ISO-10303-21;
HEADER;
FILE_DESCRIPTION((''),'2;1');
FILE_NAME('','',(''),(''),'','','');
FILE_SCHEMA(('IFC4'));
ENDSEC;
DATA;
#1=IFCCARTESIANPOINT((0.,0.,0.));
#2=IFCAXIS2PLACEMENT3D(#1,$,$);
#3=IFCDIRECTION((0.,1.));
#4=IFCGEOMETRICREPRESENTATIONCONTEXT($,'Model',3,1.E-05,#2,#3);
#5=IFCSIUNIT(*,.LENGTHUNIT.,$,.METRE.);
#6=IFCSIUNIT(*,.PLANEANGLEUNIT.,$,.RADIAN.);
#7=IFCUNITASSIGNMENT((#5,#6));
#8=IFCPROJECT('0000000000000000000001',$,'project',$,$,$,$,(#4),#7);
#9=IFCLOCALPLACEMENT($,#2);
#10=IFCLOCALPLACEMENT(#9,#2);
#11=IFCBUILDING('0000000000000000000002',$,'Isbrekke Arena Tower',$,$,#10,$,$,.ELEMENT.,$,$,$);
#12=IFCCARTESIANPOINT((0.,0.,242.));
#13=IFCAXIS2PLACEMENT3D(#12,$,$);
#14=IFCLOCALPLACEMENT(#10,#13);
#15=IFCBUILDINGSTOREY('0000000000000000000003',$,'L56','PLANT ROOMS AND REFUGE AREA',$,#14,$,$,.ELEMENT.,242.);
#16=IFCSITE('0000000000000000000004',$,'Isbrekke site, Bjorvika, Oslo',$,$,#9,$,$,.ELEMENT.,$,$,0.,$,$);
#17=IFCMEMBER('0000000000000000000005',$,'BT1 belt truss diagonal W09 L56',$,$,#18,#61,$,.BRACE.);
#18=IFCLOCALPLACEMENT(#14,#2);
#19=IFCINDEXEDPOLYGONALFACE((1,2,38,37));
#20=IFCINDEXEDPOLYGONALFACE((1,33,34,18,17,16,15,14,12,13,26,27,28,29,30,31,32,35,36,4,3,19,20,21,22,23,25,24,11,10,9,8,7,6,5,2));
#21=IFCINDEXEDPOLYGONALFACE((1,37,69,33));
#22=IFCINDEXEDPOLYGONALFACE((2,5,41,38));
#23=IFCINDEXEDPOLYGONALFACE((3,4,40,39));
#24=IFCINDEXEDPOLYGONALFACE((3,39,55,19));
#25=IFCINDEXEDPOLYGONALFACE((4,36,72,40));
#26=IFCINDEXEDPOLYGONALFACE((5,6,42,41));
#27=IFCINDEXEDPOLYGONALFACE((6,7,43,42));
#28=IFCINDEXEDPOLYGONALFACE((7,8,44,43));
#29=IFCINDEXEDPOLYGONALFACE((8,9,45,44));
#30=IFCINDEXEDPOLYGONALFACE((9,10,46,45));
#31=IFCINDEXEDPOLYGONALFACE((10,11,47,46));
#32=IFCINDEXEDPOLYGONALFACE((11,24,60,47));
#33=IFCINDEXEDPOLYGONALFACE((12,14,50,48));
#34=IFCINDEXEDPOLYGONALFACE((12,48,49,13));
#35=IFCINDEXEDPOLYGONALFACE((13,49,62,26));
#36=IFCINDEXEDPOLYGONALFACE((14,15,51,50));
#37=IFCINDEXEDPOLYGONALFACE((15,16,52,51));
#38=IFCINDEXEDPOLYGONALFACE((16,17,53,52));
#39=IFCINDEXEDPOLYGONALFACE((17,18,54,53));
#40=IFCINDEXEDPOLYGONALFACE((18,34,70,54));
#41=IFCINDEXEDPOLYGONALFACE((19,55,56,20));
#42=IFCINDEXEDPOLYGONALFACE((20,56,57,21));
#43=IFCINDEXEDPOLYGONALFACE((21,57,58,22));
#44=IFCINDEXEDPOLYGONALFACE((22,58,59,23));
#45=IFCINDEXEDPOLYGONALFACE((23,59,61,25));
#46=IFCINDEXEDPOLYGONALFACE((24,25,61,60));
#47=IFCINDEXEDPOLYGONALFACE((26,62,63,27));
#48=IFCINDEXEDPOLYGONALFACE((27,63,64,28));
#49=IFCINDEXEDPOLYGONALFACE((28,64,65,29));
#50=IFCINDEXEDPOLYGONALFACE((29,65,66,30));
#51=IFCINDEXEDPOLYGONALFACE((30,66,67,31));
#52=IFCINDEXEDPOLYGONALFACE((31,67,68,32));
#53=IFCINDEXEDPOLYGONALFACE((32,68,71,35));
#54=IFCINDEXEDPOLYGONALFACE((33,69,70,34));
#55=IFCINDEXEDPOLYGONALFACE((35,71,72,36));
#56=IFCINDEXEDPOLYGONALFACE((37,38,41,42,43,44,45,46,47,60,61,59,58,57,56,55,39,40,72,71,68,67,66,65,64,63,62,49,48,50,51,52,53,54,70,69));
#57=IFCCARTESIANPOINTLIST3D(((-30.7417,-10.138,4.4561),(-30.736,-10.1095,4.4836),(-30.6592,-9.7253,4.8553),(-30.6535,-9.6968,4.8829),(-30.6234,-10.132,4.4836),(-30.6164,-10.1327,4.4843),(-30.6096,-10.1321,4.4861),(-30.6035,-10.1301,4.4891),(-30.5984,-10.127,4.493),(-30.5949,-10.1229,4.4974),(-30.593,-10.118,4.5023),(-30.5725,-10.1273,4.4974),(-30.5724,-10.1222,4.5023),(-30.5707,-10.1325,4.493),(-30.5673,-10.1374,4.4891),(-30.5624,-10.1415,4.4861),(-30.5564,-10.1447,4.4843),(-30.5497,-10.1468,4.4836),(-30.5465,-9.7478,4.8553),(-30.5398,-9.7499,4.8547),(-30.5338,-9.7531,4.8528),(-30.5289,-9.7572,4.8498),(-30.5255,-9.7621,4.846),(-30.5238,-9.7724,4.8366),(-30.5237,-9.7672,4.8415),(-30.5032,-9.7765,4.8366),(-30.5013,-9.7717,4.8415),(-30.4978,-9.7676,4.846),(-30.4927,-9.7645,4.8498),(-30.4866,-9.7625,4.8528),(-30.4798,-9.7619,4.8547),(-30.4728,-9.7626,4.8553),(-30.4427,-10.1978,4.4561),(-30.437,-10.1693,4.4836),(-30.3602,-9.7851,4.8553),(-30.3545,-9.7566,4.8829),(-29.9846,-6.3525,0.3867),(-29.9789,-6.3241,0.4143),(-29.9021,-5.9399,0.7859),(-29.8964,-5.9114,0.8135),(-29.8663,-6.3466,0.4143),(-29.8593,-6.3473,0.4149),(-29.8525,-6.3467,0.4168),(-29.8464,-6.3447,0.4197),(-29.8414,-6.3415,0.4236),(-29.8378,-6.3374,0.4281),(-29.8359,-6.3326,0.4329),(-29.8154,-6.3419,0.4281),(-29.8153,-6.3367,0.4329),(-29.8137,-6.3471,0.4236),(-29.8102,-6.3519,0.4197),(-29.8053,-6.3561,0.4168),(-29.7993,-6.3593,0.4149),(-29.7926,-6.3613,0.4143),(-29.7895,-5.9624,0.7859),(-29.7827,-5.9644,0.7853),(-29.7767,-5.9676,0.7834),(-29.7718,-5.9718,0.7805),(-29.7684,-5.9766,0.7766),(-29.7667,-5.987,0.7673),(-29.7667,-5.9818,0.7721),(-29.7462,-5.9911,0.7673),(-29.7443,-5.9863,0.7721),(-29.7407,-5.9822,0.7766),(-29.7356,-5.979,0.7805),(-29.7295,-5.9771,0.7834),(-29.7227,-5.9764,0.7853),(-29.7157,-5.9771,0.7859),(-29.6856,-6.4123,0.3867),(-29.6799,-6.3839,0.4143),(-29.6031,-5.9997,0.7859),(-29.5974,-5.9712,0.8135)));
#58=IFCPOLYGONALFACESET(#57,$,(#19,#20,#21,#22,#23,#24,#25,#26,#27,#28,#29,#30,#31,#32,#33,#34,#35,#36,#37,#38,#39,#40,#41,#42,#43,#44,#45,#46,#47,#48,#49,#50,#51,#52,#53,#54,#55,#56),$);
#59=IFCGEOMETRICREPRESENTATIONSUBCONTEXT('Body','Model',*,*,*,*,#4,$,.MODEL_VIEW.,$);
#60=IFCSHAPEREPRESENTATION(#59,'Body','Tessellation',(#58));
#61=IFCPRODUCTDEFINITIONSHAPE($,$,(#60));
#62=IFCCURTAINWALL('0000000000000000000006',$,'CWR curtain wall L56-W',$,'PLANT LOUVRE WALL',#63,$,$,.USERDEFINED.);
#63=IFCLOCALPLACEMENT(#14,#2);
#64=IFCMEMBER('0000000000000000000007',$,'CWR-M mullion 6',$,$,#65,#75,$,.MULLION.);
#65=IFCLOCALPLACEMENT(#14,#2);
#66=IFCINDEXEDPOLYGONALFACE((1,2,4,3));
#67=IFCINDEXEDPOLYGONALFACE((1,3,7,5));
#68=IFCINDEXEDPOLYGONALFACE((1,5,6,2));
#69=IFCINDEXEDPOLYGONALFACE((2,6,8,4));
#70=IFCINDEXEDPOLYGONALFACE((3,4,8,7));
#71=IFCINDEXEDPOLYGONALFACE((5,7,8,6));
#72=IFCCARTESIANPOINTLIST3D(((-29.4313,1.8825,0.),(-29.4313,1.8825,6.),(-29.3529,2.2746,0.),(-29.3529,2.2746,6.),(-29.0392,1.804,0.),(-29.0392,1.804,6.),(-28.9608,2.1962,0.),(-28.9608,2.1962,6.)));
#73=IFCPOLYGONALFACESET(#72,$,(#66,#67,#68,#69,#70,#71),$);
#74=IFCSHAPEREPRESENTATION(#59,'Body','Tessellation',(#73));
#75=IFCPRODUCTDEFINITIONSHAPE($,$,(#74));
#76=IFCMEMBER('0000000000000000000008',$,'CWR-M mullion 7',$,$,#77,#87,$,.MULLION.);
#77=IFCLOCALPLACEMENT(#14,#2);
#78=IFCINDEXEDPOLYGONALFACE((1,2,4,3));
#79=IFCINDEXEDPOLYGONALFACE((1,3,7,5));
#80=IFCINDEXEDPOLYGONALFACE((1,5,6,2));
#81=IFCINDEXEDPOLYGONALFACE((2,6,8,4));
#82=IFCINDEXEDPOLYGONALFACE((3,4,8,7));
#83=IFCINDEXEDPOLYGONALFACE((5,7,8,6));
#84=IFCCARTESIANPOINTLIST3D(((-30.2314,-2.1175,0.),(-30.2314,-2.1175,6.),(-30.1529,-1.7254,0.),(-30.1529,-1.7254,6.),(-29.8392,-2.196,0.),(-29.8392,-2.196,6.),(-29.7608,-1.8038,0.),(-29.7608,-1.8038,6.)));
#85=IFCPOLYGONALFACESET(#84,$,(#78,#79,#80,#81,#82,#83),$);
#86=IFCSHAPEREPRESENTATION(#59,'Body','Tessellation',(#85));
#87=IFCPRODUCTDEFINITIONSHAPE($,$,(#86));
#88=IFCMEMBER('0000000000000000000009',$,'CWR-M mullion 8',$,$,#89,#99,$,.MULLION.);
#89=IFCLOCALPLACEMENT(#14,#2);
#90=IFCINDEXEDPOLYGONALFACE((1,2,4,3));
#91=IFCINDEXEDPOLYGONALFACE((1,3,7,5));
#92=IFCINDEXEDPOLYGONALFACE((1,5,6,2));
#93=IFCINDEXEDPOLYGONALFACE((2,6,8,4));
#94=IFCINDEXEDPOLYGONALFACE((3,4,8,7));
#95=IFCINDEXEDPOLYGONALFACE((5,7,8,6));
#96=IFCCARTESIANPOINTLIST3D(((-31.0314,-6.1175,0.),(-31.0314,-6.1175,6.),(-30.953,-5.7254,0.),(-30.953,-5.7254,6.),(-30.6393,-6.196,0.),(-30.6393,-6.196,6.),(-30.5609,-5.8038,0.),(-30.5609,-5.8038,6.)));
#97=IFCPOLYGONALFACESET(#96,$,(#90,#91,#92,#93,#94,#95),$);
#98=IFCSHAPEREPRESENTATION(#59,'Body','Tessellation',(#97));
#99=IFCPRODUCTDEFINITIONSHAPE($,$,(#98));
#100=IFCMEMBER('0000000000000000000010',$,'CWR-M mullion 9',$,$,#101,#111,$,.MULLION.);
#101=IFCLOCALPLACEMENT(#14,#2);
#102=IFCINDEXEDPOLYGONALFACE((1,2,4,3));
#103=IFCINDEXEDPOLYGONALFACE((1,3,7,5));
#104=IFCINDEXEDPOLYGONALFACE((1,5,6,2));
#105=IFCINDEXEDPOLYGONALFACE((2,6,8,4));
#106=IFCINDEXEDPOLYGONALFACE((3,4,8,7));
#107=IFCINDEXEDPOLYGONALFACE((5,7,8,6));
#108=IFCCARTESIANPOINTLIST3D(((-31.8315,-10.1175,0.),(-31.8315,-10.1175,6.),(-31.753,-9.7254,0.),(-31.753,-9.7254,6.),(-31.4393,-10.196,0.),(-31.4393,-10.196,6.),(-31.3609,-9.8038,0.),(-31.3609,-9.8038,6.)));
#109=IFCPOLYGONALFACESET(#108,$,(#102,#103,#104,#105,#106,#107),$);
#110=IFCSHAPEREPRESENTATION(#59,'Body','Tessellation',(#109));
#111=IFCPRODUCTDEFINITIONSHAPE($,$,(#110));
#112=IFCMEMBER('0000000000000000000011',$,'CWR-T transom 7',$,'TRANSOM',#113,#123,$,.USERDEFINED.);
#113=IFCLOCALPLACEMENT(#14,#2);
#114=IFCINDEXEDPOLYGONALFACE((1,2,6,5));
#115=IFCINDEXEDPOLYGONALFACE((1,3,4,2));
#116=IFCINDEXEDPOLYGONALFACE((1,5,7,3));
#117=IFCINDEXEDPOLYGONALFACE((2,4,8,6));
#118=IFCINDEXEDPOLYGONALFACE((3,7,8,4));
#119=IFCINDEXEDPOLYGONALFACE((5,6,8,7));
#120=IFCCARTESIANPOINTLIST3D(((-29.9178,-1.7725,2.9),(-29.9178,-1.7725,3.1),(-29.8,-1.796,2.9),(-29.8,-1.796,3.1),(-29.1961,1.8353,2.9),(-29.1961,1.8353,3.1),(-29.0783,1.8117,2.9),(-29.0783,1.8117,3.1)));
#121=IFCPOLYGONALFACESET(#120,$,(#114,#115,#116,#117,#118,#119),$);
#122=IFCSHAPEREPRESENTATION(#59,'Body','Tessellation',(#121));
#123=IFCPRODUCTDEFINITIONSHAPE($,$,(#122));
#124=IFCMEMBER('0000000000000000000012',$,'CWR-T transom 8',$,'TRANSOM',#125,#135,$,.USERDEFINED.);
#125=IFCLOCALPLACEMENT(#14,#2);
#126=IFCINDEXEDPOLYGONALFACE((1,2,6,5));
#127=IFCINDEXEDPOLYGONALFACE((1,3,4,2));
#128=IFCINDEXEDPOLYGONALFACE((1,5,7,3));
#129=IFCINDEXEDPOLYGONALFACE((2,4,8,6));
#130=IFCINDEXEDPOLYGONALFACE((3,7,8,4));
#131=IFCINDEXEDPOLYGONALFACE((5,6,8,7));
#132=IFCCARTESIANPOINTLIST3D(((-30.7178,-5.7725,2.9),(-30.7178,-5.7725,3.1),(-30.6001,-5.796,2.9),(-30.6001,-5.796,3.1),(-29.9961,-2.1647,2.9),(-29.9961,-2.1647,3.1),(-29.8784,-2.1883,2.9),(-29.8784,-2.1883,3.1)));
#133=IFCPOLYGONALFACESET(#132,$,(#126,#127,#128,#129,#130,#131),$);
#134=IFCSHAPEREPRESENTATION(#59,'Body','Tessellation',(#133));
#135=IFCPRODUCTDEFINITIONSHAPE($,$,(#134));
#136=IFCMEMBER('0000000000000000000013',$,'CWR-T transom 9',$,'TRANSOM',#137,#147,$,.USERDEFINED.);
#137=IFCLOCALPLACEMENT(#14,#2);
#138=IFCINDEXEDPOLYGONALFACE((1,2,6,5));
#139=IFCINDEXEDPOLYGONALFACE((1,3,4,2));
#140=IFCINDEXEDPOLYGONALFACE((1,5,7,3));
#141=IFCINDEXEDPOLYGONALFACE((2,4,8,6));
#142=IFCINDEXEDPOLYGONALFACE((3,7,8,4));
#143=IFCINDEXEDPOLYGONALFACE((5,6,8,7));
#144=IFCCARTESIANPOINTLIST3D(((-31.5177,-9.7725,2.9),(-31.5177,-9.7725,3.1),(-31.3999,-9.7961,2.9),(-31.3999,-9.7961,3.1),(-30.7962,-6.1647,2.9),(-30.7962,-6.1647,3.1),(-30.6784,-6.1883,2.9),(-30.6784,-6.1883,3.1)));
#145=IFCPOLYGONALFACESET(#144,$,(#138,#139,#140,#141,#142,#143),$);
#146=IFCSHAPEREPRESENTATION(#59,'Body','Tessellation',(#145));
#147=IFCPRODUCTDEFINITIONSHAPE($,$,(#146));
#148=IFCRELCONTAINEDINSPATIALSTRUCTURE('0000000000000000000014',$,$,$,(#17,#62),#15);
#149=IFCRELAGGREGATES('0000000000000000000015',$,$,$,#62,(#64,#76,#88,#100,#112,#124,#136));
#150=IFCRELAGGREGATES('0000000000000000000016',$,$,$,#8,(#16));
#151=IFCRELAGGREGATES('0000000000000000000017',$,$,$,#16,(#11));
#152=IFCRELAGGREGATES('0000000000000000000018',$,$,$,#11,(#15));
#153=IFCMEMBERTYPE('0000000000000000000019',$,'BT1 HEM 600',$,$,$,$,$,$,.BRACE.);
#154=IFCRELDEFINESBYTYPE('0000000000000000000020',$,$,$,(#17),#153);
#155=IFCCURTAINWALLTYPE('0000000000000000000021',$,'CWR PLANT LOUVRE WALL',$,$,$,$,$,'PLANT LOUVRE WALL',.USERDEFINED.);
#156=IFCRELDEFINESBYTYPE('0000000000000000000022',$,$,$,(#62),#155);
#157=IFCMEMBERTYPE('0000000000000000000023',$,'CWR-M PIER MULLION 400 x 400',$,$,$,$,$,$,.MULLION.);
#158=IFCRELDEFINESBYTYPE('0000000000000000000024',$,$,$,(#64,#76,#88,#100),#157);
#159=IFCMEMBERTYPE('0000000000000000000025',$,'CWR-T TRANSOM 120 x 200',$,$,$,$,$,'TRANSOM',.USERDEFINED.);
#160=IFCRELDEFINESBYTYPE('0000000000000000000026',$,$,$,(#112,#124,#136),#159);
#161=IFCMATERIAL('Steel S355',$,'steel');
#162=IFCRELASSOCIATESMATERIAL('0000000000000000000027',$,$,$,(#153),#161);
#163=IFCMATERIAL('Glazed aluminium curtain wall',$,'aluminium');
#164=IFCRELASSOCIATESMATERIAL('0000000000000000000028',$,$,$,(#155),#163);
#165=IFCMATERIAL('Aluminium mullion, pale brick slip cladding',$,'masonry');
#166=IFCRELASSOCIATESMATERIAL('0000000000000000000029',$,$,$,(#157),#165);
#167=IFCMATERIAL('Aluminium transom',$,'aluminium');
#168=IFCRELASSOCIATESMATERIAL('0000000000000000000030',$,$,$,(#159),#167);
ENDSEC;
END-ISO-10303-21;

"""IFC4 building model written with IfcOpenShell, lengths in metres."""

from ifc_helpers import new_model, si_unit, direction, frame, origin, origin_2d, place, context, subcontext, project, spatial, rectangle, i_section, extrude, material, material_profile, profile_set, type_object, element, aggregate, save


model = new_model("IFC4")

# Units and contexts
model_context = context("Model", 3, precision=1e-05, world=origin(), true_north=direction((0.0, 1.0)))
body_context = subcontext(model_context, "Body", "Model", "MODEL_VIEW")
ifc_project = project(units=[si_unit("LENGTHUNIT", "METRE"), si_unit("PLANEANGLEUNIT", "RADIAN")], contexts=[model_context])

# Site, building, storey
site_placement = place(None, origin())
site = spatial("IfcSite", under=ifc_project, at=site_placement, Name="Isbrekke site, Bjorvika, Oslo", CompositionType="ELEMENT", RefElevation=0.0)
building_placement = place(site_placement, origin())
building = spatial("IfcBuilding", under=site, at=building_placement, Name="Isbrekke Arena Tower", CompositionType="ELEMENT")
storey_placement = place(building_placement, frame((0.0, 0.0, 242.0)))
storey = spatial("IfcBuildingStorey", under=building, at=storey_placement, Name="L56", Description="PLANT ROOMS AND REFUGE AREA", CompositionType="ELEMENT", Elevation=242.0)

# Member
ifc_material_1 = material(Name="Steel S355", Category="steel")
ifc_material_profile_1 = material_profile(ifc_material_1, i_section(OverallWidth=0.3049, OverallDepth=0.6201, WebThickness=0.021, FlangeThickness=0.04, FilletRadius=0.0271, at=origin_2d()), Name="HEM 600")
ifc_profile_set_1 = profile_set([ifc_material_profile_1], Name="Steel S355")
member_type_1 = type_object("IfcMemberType", Name="BT1 HEM 600", PredefinedType="BRACE", material=ifc_profile_set_1)
for number, where, z_axis, x_axis, name in (
    (1, (-29.791, -6.1619, 0.6001), (-0.134974, -0.674869, 0.725489), (0.980581, -0.196116, 0.0), "BT1 belt truss diagonal W09 L56"),
):
    element("IfcMember", number, at=place(storey_placement, frame(where, z_axis=z_axis, x_axis=x_axis)), inside=storey, type_object=member_type_1, Name=name, PredefinedType="BRACE", context=body_context, shape_type="SweptSolid", body=[
        extrude(i_section(OverallWidth=0.3049, OverallDepth=0.6201, WebThickness=0.021, FlangeThickness=0.04, FilletRadius=0.0271, at=origin_2d()), origin(), (0.0, 0.0, 1.0), 5.6091),
    ])

# Curtain wall, members
ifc_material_2 = material(Name="Glazed aluminium curtain wall", Category="aluminium")
curtain_wall_type = type_object("IfcCurtainWallType", Name="CWR PLANT LOUVRE WALL", ElementType="PLANT LOUVRE WALL", PredefinedType="USERDEFINED", material=ifc_material_2)
curtain_wall_placement = place(storey_placement, origin())
curtain_wall = element("IfcCurtainWall", 2, at=curtain_wall_placement, inside=storey, type_object=curtain_wall_type, Name="CWR curtain wall L56-W", ObjectType="PLANT LOUVRE WALL", PredefinedType="USERDEFINED")
ifc_material_3 = material(Name="Aluminium mullion, pale brick slip cladding", Category="masonry")
ifc_material_profile_2 = material_profile(ifc_material_3, rectangle(XDim=0.3999, YDim=0.3999, at=origin_2d()), Name="PIER 400X400")
ifc_profile_set_2 = profile_set([ifc_material_profile_2], Name="Aluminium mullion, pale brick slip cladding")
member_type_2 = type_object("IfcMemberType", Name="CWR-M PIER MULLION 400 x 400", PredefinedType="MULLION", material=ifc_profile_set_2)
member_1_placement = place(storey_placement, frame((-29.196, 2.0393, 0.0), z_axis=(0.0, 0.0, 1.0), x_axis=(-0.196116, -0.980581, 0.0)))
member_1 = element("IfcMember", 3, at=member_1_placement, type_object=member_type_2, Name="CWR-M mullion 6", PredefinedType="MULLION", context=body_context, shape_type="SweptSolid", body=[
    extrude(rectangle(XDim=0.3999, YDim=0.3999, at=origin_2d()), origin(), (0.0, 0.0, 1.0), 6.0),
])
member_2_placement = place(storey_placement, frame((-29.9961, -1.9607, 0.0), z_axis=(0.0, 0.0, 1.0), x_axis=(-0.196116, -0.980581, 0.0)))
member_2 = element("IfcMember", 4, at=member_2_placement, type_object=member_type_2, Name="CWR-M mullion 7", PredefinedType="MULLION", context=body_context, shape_type="SweptSolid", body=[
    extrude(rectangle(XDim=0.3999, YDim=0.3999, at=origin_2d()), origin(), (0.0, 0.0, 1.0), 6.0),
])
member_3_placement = place(storey_placement, frame((-30.7961, -5.9607, 0.0), z_axis=(0.0, 0.0, 1.0), x_axis=(-0.196116, -0.980581, 0.0)))
member_3 = element("IfcMember", 5, at=member_3_placement, type_object=member_type_2, Name="CWR-M mullion 8", PredefinedType="MULLION", context=body_context, shape_type="SweptSolid", body=[
    extrude(rectangle(XDim=0.3999, YDim=0.3999, at=origin_2d()), origin(), (0.0, 0.0, 1.0), 6.0),
])
member_4_placement = place(storey_placement, frame((-31.5962, -9.9607, 0.0), z_axis=(0.0, 0.0, 1.0), x_axis=(-0.196116, -0.980581, 0.0)))
member_4 = element("IfcMember", 6, at=member_4_placement, type_object=member_type_2, Name="CWR-M mullion 9", PredefinedType="MULLION", context=body_context, shape_type="SweptSolid", body=[
    extrude(rectangle(XDim=0.3999, YDim=0.3999, at=origin_2d()), origin(), (0.0, 0.0, 1.0), 6.0),
])
ifc_material_4 = material(Name="Aluminium transom", Category="aluminium")
ifc_material_profile_3 = material_profile(ifc_material_4, rectangle(XDim=0.1201, YDim=0.2, at=origin_2d()), Name="TRANSOM 120X200")
ifc_profile_set_3 = profile_set([ifc_material_profile_3], Name="Aluminium transom")
member_type_3 = type_object("IfcMemberType", Name="CWR-T TRANSOM 120 x 200", ElementType="TRANSOM", PredefinedType="USERDEFINED", material=ifc_profile_set_3)
member_5_placement = place(storey_placement, frame((-29.1372, 1.8235, 3.0), z_axis=(-0.196154, -0.980573, 0.0), x_axis=(0.980573, -0.196154, 0.0)))
member_5 = element("IfcMember", 7, at=member_5_placement, type_object=member_type_3, Name="CWR-T transom 7", ObjectType="TRANSOM", PredefinedType="USERDEFINED", context=body_context, shape_type="SweptSolid", body=[
    extrude(rectangle(XDim=0.1201, YDim=0.2, at=origin_2d()), origin(), (0.0, 0.0, 1.0), 3.6792),
])
member_6_placement = place(storey_placement, frame((-29.9373, -2.1765, 3.0), z_axis=(-0.196154, -0.980573, 0.0), x_axis=(0.980573, -0.196154, 0.0)))
member_6 = element("IfcMember", 8, at=member_6_placement, type_object=member_type_3, Name="CWR-T transom 8", ObjectType="TRANSOM", PredefinedType="USERDEFINED", context=body_context, shape_type="SweptSolid", body=[
    extrude(rectangle(XDim=0.1201, YDim=0.2, at=origin_2d()), origin(), (0.0, 0.0, 1.0), 3.6792),
])
member_7_placement = place(storey_placement, frame((-30.7373, -6.1765, 3.0), z_axis=(-0.196091, -0.980586, 0.0), x_axis=(0.980586, -0.196091, 0.0)))
member_7 = element("IfcMember", 9, at=member_7_placement, type_object=member_type_3, Name="CWR-T transom 9", ObjectType="TRANSOM", PredefinedType="USERDEFINED", context=body_context, shape_type="SweptSolid", body=[
    extrude(rectangle(XDim=0.1201, YDim=0.2, at=origin_2d()), origin(), (0.0, 0.0, 1.0), 3.6792),
])

aggregate(curtain_wall, [member_1, member_2, member_3, member_4, member_5, member_6, member_7])

save(model, "model.ifc")
